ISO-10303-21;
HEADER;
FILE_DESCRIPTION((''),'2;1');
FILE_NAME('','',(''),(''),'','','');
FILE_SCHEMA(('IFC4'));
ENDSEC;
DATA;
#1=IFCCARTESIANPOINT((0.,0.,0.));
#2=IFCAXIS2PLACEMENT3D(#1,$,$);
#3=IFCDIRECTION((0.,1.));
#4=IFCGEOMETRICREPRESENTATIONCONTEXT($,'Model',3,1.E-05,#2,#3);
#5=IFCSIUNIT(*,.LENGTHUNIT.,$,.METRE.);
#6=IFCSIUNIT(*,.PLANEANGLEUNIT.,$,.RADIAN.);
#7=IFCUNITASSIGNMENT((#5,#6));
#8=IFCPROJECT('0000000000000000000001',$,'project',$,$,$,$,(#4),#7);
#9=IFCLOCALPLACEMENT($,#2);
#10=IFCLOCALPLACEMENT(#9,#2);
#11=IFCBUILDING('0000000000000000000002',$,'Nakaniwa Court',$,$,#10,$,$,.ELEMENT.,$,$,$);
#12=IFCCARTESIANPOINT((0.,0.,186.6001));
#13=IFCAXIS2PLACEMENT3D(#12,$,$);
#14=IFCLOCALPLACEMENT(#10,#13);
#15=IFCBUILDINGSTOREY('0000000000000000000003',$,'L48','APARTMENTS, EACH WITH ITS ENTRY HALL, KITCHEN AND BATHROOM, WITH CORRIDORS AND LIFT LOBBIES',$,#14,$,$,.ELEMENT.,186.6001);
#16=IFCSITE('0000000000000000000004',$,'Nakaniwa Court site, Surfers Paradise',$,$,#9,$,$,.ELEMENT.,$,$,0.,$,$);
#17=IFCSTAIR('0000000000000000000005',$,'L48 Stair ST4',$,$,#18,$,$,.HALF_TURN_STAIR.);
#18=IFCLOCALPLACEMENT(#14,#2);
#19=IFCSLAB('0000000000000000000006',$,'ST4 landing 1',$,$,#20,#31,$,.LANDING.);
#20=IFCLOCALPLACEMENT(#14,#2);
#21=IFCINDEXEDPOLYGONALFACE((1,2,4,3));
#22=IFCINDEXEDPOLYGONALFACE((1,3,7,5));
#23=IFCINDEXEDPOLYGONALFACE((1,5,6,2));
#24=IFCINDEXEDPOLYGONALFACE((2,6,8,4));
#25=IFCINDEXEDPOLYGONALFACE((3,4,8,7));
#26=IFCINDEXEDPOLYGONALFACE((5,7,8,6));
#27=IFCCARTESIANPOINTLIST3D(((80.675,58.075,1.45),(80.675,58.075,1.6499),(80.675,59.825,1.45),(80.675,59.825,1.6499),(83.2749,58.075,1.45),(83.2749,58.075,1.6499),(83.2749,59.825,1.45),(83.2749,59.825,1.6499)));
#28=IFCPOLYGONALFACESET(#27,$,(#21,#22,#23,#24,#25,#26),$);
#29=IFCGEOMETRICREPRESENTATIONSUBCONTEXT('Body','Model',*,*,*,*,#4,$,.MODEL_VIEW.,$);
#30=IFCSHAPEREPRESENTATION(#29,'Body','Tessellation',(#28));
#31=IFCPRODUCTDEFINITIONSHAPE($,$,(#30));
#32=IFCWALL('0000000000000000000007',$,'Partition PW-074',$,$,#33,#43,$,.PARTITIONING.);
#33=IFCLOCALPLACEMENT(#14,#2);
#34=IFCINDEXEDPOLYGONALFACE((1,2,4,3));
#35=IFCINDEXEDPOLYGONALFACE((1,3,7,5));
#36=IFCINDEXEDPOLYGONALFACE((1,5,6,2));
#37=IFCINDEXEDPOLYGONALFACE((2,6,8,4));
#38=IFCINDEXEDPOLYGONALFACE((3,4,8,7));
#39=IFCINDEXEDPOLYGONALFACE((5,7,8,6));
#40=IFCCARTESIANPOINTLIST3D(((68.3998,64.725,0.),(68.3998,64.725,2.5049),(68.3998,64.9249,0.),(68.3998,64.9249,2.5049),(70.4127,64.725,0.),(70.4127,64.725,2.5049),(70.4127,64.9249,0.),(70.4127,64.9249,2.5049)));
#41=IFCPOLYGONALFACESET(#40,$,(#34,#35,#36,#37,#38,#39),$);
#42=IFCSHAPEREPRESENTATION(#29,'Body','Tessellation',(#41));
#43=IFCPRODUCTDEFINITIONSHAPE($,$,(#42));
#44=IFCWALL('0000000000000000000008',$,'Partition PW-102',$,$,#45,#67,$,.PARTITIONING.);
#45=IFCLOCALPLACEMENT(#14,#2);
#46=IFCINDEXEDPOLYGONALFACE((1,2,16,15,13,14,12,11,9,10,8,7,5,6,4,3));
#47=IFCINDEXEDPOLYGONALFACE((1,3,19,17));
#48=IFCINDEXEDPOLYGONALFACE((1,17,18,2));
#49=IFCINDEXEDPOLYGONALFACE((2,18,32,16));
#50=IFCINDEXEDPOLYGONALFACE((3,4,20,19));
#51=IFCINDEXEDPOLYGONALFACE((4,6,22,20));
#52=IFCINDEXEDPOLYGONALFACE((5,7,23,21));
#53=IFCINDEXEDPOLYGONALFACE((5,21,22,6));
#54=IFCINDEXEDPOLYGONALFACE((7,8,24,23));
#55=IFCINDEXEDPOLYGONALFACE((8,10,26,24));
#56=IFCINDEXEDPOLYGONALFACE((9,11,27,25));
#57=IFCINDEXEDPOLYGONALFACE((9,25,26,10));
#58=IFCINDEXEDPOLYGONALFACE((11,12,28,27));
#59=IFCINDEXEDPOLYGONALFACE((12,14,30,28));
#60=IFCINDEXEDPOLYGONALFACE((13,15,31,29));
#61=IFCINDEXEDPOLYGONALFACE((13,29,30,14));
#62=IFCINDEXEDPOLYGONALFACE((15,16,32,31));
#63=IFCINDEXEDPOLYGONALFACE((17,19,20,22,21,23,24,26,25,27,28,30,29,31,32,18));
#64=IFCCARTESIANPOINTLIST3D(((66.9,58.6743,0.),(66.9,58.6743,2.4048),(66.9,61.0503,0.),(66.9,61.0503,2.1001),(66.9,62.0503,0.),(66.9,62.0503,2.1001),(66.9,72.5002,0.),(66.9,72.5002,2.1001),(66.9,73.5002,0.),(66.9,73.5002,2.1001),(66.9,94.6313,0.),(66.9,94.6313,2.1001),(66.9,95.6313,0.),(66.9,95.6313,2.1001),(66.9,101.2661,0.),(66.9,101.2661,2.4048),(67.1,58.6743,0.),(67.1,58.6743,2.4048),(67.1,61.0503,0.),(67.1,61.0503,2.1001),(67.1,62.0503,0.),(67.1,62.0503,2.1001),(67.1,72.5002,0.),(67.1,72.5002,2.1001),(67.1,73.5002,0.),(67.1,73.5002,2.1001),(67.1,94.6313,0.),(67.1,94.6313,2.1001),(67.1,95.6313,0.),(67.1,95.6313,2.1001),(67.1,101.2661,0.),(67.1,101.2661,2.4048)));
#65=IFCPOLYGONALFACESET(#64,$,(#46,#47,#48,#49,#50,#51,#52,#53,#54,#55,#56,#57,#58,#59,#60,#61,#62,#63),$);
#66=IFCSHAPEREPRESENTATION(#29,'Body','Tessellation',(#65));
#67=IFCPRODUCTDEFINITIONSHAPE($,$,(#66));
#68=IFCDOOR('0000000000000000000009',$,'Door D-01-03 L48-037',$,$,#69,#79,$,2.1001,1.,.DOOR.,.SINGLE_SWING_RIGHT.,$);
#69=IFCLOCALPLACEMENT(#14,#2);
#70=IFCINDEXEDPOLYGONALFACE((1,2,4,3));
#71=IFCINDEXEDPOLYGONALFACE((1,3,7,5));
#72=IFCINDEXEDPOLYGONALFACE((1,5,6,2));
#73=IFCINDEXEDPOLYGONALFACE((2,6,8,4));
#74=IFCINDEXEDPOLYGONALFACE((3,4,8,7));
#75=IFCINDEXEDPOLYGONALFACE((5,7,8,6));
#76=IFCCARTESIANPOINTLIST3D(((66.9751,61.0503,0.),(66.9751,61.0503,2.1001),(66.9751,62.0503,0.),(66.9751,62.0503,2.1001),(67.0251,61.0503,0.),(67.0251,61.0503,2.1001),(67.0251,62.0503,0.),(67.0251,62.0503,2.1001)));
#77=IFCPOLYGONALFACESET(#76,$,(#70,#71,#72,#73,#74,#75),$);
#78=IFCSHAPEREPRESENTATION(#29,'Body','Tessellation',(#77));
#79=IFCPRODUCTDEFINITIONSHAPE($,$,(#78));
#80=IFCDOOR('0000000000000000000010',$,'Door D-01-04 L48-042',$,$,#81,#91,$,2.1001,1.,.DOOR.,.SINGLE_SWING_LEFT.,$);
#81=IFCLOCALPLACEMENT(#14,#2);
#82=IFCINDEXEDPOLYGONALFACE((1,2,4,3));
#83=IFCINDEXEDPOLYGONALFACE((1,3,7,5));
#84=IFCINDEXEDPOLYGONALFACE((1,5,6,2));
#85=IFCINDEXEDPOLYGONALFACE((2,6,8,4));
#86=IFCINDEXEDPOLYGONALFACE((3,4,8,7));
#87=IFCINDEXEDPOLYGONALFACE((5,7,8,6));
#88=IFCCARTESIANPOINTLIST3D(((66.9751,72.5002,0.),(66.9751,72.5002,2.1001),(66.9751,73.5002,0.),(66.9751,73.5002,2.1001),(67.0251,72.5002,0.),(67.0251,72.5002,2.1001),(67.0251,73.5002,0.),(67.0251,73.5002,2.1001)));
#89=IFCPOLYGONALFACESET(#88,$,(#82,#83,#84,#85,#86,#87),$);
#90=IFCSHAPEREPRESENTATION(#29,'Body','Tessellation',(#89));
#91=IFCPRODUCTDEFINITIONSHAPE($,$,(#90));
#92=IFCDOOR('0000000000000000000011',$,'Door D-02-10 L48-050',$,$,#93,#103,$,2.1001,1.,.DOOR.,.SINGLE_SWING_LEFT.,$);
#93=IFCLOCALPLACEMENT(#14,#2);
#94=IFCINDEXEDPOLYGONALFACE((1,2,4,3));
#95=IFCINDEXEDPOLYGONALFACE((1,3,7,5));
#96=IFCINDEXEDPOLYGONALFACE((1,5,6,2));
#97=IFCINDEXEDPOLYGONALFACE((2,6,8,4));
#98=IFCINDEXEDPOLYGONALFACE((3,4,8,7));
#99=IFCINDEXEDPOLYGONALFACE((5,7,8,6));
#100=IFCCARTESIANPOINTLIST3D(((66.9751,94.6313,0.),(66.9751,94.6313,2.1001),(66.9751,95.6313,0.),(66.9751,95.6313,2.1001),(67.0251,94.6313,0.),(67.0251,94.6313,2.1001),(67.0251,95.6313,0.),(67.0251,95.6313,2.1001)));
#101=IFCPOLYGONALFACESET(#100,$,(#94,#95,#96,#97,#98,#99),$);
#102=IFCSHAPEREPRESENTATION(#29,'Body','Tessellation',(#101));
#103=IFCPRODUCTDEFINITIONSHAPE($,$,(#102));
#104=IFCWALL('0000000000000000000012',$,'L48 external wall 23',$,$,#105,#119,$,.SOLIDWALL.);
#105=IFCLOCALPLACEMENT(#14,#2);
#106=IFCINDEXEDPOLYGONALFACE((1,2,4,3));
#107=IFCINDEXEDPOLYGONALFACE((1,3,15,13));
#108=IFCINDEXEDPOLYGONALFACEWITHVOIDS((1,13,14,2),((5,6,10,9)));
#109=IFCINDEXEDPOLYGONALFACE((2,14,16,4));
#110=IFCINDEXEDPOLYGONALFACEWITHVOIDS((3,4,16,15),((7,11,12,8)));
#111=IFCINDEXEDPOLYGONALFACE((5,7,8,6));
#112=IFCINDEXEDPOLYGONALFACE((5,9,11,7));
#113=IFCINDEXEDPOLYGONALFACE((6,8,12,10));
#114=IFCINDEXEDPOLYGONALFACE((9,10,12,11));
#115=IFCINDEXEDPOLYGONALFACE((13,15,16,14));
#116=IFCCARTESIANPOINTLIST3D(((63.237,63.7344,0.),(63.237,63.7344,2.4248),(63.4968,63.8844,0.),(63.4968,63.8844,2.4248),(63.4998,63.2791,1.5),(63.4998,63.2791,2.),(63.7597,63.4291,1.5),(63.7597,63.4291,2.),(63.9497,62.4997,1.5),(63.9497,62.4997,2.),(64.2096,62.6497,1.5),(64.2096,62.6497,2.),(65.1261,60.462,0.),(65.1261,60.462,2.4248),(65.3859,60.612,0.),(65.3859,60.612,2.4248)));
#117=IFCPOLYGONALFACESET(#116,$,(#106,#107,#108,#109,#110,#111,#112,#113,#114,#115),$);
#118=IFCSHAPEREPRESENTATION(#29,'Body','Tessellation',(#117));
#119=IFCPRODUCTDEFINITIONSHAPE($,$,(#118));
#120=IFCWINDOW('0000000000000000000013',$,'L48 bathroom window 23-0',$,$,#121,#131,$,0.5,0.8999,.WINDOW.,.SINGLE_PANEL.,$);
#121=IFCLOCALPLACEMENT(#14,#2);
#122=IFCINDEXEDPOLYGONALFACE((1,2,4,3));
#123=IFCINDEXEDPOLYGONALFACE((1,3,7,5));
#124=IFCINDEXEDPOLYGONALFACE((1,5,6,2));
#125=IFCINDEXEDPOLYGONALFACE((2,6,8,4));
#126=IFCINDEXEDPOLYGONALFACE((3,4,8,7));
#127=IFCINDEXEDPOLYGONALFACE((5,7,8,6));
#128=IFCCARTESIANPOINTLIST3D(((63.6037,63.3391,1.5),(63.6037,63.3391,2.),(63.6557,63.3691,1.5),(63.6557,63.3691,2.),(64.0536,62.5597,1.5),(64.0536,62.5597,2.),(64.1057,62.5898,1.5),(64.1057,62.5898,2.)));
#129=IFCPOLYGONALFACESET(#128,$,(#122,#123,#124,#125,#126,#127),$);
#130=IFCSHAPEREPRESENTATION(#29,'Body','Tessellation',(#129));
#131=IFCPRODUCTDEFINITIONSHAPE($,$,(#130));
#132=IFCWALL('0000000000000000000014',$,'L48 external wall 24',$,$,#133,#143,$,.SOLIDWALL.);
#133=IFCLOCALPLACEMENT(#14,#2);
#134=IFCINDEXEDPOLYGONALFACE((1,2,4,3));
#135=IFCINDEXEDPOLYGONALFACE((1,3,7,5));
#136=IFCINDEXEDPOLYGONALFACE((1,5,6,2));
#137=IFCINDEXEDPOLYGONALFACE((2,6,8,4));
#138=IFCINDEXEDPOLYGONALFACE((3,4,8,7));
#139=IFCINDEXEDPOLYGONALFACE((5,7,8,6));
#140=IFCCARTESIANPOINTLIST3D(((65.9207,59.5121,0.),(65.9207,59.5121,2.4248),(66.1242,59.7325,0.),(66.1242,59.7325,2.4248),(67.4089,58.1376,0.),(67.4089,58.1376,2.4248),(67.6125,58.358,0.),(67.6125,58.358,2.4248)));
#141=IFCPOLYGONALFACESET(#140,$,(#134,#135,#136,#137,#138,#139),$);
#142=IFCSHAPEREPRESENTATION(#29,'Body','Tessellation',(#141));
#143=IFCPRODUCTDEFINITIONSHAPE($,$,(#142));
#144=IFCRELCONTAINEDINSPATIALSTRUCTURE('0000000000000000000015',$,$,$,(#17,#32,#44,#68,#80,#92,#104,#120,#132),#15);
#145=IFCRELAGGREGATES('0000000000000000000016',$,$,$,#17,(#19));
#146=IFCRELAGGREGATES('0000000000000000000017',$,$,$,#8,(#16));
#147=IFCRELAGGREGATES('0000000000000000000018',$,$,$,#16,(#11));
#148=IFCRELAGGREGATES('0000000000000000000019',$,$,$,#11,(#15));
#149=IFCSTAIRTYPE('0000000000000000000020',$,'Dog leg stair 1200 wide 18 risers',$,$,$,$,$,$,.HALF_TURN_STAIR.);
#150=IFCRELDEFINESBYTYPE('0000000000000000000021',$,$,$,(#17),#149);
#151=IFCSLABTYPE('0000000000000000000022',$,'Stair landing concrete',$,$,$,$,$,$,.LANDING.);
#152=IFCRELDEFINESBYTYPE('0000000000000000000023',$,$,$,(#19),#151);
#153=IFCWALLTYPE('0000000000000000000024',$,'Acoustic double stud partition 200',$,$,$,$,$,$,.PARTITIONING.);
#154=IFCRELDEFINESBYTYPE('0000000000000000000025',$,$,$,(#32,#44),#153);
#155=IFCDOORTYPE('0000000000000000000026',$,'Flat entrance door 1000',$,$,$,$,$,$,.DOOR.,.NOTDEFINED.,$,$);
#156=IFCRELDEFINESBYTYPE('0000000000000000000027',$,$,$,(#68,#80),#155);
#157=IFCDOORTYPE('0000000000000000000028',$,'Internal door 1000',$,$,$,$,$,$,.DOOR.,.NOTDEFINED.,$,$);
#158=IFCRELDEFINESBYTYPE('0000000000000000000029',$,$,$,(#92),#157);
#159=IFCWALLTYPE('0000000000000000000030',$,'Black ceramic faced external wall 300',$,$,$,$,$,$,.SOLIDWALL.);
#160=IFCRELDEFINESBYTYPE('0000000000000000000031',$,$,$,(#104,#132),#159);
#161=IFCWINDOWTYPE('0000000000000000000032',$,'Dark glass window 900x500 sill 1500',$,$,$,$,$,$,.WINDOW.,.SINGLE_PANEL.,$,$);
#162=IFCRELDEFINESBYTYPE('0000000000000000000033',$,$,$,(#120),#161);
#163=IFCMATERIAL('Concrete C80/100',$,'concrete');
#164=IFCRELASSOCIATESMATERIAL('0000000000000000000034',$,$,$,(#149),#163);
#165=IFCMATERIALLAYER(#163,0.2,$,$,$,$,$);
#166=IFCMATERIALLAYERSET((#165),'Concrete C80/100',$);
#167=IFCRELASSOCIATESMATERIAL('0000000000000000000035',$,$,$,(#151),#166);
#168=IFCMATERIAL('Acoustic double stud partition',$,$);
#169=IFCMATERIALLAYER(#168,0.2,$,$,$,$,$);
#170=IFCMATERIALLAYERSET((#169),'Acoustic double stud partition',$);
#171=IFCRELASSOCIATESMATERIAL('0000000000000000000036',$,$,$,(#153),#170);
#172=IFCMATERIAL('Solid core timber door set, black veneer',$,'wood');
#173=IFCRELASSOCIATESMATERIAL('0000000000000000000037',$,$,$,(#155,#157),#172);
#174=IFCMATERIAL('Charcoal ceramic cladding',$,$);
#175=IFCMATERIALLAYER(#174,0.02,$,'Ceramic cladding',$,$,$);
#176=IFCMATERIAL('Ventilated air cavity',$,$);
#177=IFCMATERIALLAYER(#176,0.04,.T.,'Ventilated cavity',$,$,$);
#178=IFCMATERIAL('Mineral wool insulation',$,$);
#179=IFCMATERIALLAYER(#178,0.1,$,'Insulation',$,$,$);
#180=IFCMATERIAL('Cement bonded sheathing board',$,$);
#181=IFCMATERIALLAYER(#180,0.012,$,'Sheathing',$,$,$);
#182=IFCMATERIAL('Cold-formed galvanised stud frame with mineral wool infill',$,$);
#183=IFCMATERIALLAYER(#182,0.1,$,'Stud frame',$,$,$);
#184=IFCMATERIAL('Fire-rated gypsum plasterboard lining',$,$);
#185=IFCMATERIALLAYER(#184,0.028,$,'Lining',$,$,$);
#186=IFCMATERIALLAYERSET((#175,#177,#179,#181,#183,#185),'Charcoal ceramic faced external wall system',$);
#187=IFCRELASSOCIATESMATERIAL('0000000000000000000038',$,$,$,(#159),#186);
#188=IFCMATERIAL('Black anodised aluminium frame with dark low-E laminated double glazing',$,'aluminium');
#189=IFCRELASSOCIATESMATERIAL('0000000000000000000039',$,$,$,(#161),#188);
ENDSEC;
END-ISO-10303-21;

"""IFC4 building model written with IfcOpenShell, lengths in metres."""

from ifc_helpers import new_model, si_unit, direction, frame, frame_2d, origin, place, context, subcontext, project, spatial, polyline, rectangle, outline, extrude, material, layer, layer_set, type_object, element, fill, aggregate, save


model = new_model("IFC4")

# Units and contexts
model_context = context("Model", 3, precision=1e-05, world=origin(), true_north=direction((0.0, 1.0)))
body_context = subcontext(model_context, "Body", "Model", "MODEL_VIEW")
ifc_project = project(units=[si_unit("LENGTHUNIT", "METRE"), si_unit("PLANEANGLEUNIT", "RADIAN")], contexts=[model_context])

# Site, building, storey
site_placement = place(None, origin())
site = spatial("IfcSite", under=ifc_project, at=site_placement, Name="Nakaniwa Court site, Surfers Paradise", CompositionType="ELEMENT", RefElevation=0.0)
building_placement = place(site_placement, origin())
building = spatial("IfcBuilding", under=site, at=building_placement, Name="Nakaniwa Court", CompositionType="ELEMENT")
storey_placement = place(building_placement, frame((0.0, 0.0, 186.6001)))
storey = spatial("IfcBuildingStorey", under=building, at=storey_placement, Name="L48", Description="APARTMENTS, EACH WITH ITS ENTRY HALL, KITCHEN AND BATHROOM, WITH CORRIDORS AND LIFT LOBBIES", CompositionType="ELEMENT", Elevation=186.6001)

# Shared definitions
ifc_material_1 = material(Name="Concrete C80/100", Category="concrete")

# Stair, slab
stair_type = type_object("IfcStairType", Name="Dog leg stair 1200 wide 18 risers", PredefinedType="HALF_TURN_STAIR", material=ifc_material_1)
ifc_layer_1 = layer(ifc_material_1, 0.2)
ifc_layer_set_1 = layer_set([ifc_layer_1], Name="Concrete C80/100")
slab_type_1 = type_object("IfcSlabType", Name="Stair landing concrete", PredefinedType="LANDING", material=ifc_layer_set_1)
stair_1_placement = place(storey_placement, origin())
stair_1 = element("IfcStair", 1, at=stair_1_placement, inside=storey, type_object=stair_type, Name="L48 Stair ST4", PredefinedType="HALF_TURN_STAIR")
slab_1_placement = place(storey_placement, frame((0.0, 0.0, 1.45)))
slab_1 = element("IfcSlab", 2, at=slab_1_placement, type_object=slab_type_1, Name="ST4 landing 1", PredefinedType="LANDING", context=body_context, shape_type="SweptSolid", body=[
    extrude(outline(polyline([(83.2749, 58.075), (83.2749, 59.825), (80.675, 59.825), (80.675, 58.075), (83.2749, 58.075)])), origin(), (0.0, 0.0, 1.0), 0.2),
])
aggregate(stair_1, [slab_1])

# Wall
ifc_material_2 = material(Name="Acoustic double stud partition")
ifc_layer_2 = layer(ifc_material_2, 0.2)
ifc_layer_set_2 = layer_set([ifc_layer_2], Name="Acoustic double stud partition")
wall_type_1 = type_object("IfcWallType", Name="Acoustic double stud partition 200", PredefinedType="PARTITIONING", material=ifc_layer_set_2)
wall_1_placement = place(storey_placement, frame((68.3999, 64.825, 0.0), z_axis=(0.0, 0.0, 1.0), x_axis=(1.0, 0.0, 0.0)))
element("IfcWall", 3, at=wall_1_placement, inside=storey, type_object=wall_type_1, Name="Partition PW-074", PredefinedType="PARTITIONING", context=body_context, shape_type="SweptSolid", body=[
    extrude(rectangle(XDim=2.0129, YDim=0.2, at=frame_2d((1.0063, 0.0))), origin(), (0.0, 0.0, 1.0), 2.5049),
])

# Wall, openings, doors
wall_2_placement = place(storey_placement, frame((67.0, 58.6743, 0.0), z_axis=(0.0, 0.0, 1.0), x_axis=(0.0, 1.0, 0.0)))
wall_2 = element("IfcWall", 4, at=wall_2_placement, inside=storey, type_object=wall_type_1, Name="Partition PW-102", PredefinedType="PARTITIONING", context=body_context, shape_type="SweptSolid", body=[
    extrude(rectangle(XDim=42.5918, YDim=0.2, at=frame_2d((21.2959, 0.0))), origin(), (0.0, 0.0, 1.0), 2.4048),
])
opening_1_placement = place(wall_2_placement, frame((2.376, 0.0, 0.0)))
opening_1 = element("IfcOpeningElement", 5, at=opening_1_placement, cuts=wall_2, PredefinedType="OPENING", context=body_context, shape_type="SweptSolid", body=[
    extrude(rectangle(XDim=1.0, YDim=2.1001, at=frame_2d((0.5, 1.05))), frame((0.0, 0.1099, 0.0), z_axis=(0.0, -1.0, 0.0), x_axis=(1.0, 0.0, 0.0)), (0.0, 0.0, 1.0), 0.22),
])
opening_2_placement = place(wall_2_placement, frame((13.8259, 0.0, 0.0)))
opening_2 = element("IfcOpeningElement", 6, at=opening_2_placement, cuts=wall_2, PredefinedType="OPENING", context=body_context, shape_type="SweptSolid", body=[
    extrude(rectangle(XDim=1.0, YDim=2.1001, at=frame_2d((0.5, 1.05))), frame((0.0, 0.1099, 0.0), z_axis=(0.0, -1.0, 0.0), x_axis=(1.0, 0.0, 0.0)), (0.0, 0.0, 1.0), 0.22),
])
opening_3_placement = place(wall_2_placement, frame((35.957, 0.0, 0.0)))
opening_3 = element("IfcOpeningElement", 7, at=opening_3_placement, cuts=wall_2, PredefinedType="OPENING", context=body_context, shape_type="SweptSolid", body=[
    extrude(rectangle(XDim=1.0, YDim=2.1001, at=frame_2d((0.5, 1.05))), frame((0.0, 0.1099, 0.0), z_axis=(0.0, -1.0, 0.0), x_axis=(1.0, 0.0, 0.0)), (0.0, 0.0, 1.0), 0.22),
])
ifc_material_3 = material(Name="Solid core timber door set, black veneer", Category="wood")
door_type_1 = type_object("IfcDoorType", Name="Flat entrance door 1000", OperationType="NOTDEFINED", PredefinedType="DOOR", material=ifc_material_3)
door_1_placement = place(opening_1_placement, origin())
door_1 = element("IfcDoor", 8, at=door_1_placement, inside=storey, type_object=door_type_1, Name="Door D-01-03 L48-037", OperationType="SINGLE_SWING_RIGHT", OverallHeight=2.1001, OverallWidth=1.0, PredefinedType="DOOR", context=body_context, shape_type="SweptSolid", body=[
    extrude(rectangle(XDim=1.0, YDim=2.1001, at=frame_2d((0.5, 1.05))), frame((0.0, 0.0249, 0.0), z_axis=(0.0, -1.0, 0.0), x_axis=(1.0, 0.0, 0.0)), (0.0, 0.0, 1.0), 0.05),
])
fill(opening_1, door_1)
door_2_placement = place(opening_2_placement, origin())
door_2 = element("IfcDoor", 9, at=door_2_placement, inside=storey, type_object=door_type_1, Name="Door D-01-04 L48-042", OperationType="SINGLE_SWING_LEFT", OverallHeight=2.1001, OverallWidth=1.0, PredefinedType="DOOR", context=body_context, shape_type="SweptSolid", body=[
    extrude(rectangle(XDim=1.0, YDim=2.1001, at=frame_2d((0.5, 1.05))), frame((0.0, 0.0249, 0.0), z_axis=(0.0, -1.0, 0.0), x_axis=(1.0, 0.0, 0.0)), (0.0, 0.0, 1.0), 0.05),
])
fill(opening_2, door_2)
door_type_2 = type_object("IfcDoorType", Name="Internal door 1000", OperationType="NOTDEFINED", PredefinedType="DOOR", material=ifc_material_3)
door_3_placement = place(opening_3_placement, origin())
door_3 = element("IfcDoor", 10, at=door_3_placement, inside=storey, type_object=door_type_2, Name="Door D-02-10 L48-050", OperationType="SINGLE_SWING_LEFT", OverallHeight=2.1001, OverallWidth=1.0, PredefinedType="DOOR", context=body_context, shape_type="SweptSolid", body=[
    extrude(rectangle(XDim=1.0, YDim=2.1001, at=frame_2d((0.5, 1.05))), frame((0.0, 0.0249, 0.0), z_axis=(0.0, -1.0, 0.0), x_axis=(1.0, 0.0, 0.0)), (0.0, 0.0, 1.0), 0.05),
])
fill(opening_3, door_3)

# Wall, opening, window
ifc_material_4 = material(Name="Charcoal ceramic cladding")
ifc_layer_3 = layer(ifc_material_4, 0.02, Name="Ceramic cladding")
ifc_material_5 = material(Name="Ventilated air cavity")
ifc_layer_4 = layer(ifc_material_5, 0.04, ventilated=True, Name="Ventilated cavity")
ifc_material_6 = material(Name="Mineral wool insulation")
ifc_layer_5 = layer(ifc_material_6, 0.1, Name="Insulation")
ifc_material_7 = material(Name="Cement bonded sheathing board")
ifc_layer_6 = layer(ifc_material_7, 0.012, Name="Sheathing")
ifc_material_8 = material(Name="Cold-formed galvanised stud frame with mineral wool infill")
ifc_layer_7 = layer(ifc_material_8, 0.1, Name="Stud frame")
ifc_material_9 = material(Name="Fire-rated gypsum plasterboard lining")
ifc_layer_8 = layer(ifc_material_9, 0.028, Name="Lining")
ifc_layer_set_3 = layer_set([ifc_layer_3, ifc_layer_4, ifc_layer_5, ifc_layer_6, ifc_layer_7, ifc_layer_8], Name="Charcoal ceramic faced external wall system")
wall_type_2 = type_object("IfcWallType", Name="Black ceramic faced external wall 300", PredefinedType="SOLIDWALL", material=ifc_layer_set_3)
wall_3_placement = place(storey_placement, frame((63.3669, 63.8093, 0.0), z_axis=(0.0, 0.0, 1.0), x_axis=(0.499961, -0.866048, 0.0)))
wall_3 = element("IfcWall", 11, at=wall_3_placement, inside=storey, type_object=wall_type_2, Name="L48 external wall 23", PredefinedType="SOLIDWALL", context=body_context, shape_type="SweptSolid", body=[
    extrude(rectangle(XDim=3.7786, YDim=0.3, at=frame_2d((1.8892, 0.0))), origin(), (0.0, 0.0, 1.0), 2.4248),
])
opening_4_placement = place(wall_3_placement, frame((0.5256, 0.0, 1.5)))
opening_4 = element("IfcOpeningElement", 12, at=opening_4_placement, cuts=wall_3, PredefinedType="OPENING", context=body_context, shape_type="SweptSolid", body=[
    extrude(rectangle(XDim=0.8999, YDim=0.5, at=frame_2d((0.45, 0.25))), frame((0.0, 0.1599, 0.0), z_axis=(0.0, -1.0, 0.0), x_axis=(1.0, 0.0, 0.0)), (0.0, 0.0, 1.0), 0.3201),
])
ifc_material_10 = material(Name="Black anodised aluminium frame with dark low-E laminated double glazing", Category="aluminium")
window_type_1 = type_object("IfcWindowType", Name="Dark glass window 900x500 sill 1500", PartitioningType="SINGLE_PANEL", PredefinedType="WINDOW", material=ifc_material_10)
window_1_placement = place(opening_4_placement, origin())
window_1 = element("IfcWindow", 13, at=window_1_placement, inside=storey, type_object=window_type_1, Name="L48 bathroom window 23-0", OverallHeight=0.5, OverallWidth=0.8999, PartitioningType="SINGLE_PANEL", PredefinedType="WINDOW", context=body_context, shape_type="SweptSolid", body=[
    extrude(rectangle(XDim=0.8999, YDim=0.5, at=frame_2d((0.45, 0.25))), frame((0.0, 0.03, 0.0), z_axis=(0.0, -1.0, 0.0), x_axis=(1.0, 0.0, 0.0)), (0.0, 0.0, 1.0), 0.0601),
])
fill(opening_4, window_1)

# Wall
wall_4_placement = place(storey_placement, frame((66.0225, 59.6223, 0.0), z_axis=(0.0, 0.0, 1.0), x_axis=(0.734628, -0.67847, 0.0)))
element("IfcWall", 14, at=wall_4_placement, inside=storey, type_object=wall_type_2, Name="L48 external wall 24", PredefinedType="SOLIDWALL", context=body_context, shape_type="SweptSolid", body=[
    extrude(rectangle(XDim=2.0259, YDim=0.3, at=frame_2d((1.0129, 0.0))), origin(), (0.0, 0.0, 1.0), 2.4248),
])

save(model, "model.ifc")
